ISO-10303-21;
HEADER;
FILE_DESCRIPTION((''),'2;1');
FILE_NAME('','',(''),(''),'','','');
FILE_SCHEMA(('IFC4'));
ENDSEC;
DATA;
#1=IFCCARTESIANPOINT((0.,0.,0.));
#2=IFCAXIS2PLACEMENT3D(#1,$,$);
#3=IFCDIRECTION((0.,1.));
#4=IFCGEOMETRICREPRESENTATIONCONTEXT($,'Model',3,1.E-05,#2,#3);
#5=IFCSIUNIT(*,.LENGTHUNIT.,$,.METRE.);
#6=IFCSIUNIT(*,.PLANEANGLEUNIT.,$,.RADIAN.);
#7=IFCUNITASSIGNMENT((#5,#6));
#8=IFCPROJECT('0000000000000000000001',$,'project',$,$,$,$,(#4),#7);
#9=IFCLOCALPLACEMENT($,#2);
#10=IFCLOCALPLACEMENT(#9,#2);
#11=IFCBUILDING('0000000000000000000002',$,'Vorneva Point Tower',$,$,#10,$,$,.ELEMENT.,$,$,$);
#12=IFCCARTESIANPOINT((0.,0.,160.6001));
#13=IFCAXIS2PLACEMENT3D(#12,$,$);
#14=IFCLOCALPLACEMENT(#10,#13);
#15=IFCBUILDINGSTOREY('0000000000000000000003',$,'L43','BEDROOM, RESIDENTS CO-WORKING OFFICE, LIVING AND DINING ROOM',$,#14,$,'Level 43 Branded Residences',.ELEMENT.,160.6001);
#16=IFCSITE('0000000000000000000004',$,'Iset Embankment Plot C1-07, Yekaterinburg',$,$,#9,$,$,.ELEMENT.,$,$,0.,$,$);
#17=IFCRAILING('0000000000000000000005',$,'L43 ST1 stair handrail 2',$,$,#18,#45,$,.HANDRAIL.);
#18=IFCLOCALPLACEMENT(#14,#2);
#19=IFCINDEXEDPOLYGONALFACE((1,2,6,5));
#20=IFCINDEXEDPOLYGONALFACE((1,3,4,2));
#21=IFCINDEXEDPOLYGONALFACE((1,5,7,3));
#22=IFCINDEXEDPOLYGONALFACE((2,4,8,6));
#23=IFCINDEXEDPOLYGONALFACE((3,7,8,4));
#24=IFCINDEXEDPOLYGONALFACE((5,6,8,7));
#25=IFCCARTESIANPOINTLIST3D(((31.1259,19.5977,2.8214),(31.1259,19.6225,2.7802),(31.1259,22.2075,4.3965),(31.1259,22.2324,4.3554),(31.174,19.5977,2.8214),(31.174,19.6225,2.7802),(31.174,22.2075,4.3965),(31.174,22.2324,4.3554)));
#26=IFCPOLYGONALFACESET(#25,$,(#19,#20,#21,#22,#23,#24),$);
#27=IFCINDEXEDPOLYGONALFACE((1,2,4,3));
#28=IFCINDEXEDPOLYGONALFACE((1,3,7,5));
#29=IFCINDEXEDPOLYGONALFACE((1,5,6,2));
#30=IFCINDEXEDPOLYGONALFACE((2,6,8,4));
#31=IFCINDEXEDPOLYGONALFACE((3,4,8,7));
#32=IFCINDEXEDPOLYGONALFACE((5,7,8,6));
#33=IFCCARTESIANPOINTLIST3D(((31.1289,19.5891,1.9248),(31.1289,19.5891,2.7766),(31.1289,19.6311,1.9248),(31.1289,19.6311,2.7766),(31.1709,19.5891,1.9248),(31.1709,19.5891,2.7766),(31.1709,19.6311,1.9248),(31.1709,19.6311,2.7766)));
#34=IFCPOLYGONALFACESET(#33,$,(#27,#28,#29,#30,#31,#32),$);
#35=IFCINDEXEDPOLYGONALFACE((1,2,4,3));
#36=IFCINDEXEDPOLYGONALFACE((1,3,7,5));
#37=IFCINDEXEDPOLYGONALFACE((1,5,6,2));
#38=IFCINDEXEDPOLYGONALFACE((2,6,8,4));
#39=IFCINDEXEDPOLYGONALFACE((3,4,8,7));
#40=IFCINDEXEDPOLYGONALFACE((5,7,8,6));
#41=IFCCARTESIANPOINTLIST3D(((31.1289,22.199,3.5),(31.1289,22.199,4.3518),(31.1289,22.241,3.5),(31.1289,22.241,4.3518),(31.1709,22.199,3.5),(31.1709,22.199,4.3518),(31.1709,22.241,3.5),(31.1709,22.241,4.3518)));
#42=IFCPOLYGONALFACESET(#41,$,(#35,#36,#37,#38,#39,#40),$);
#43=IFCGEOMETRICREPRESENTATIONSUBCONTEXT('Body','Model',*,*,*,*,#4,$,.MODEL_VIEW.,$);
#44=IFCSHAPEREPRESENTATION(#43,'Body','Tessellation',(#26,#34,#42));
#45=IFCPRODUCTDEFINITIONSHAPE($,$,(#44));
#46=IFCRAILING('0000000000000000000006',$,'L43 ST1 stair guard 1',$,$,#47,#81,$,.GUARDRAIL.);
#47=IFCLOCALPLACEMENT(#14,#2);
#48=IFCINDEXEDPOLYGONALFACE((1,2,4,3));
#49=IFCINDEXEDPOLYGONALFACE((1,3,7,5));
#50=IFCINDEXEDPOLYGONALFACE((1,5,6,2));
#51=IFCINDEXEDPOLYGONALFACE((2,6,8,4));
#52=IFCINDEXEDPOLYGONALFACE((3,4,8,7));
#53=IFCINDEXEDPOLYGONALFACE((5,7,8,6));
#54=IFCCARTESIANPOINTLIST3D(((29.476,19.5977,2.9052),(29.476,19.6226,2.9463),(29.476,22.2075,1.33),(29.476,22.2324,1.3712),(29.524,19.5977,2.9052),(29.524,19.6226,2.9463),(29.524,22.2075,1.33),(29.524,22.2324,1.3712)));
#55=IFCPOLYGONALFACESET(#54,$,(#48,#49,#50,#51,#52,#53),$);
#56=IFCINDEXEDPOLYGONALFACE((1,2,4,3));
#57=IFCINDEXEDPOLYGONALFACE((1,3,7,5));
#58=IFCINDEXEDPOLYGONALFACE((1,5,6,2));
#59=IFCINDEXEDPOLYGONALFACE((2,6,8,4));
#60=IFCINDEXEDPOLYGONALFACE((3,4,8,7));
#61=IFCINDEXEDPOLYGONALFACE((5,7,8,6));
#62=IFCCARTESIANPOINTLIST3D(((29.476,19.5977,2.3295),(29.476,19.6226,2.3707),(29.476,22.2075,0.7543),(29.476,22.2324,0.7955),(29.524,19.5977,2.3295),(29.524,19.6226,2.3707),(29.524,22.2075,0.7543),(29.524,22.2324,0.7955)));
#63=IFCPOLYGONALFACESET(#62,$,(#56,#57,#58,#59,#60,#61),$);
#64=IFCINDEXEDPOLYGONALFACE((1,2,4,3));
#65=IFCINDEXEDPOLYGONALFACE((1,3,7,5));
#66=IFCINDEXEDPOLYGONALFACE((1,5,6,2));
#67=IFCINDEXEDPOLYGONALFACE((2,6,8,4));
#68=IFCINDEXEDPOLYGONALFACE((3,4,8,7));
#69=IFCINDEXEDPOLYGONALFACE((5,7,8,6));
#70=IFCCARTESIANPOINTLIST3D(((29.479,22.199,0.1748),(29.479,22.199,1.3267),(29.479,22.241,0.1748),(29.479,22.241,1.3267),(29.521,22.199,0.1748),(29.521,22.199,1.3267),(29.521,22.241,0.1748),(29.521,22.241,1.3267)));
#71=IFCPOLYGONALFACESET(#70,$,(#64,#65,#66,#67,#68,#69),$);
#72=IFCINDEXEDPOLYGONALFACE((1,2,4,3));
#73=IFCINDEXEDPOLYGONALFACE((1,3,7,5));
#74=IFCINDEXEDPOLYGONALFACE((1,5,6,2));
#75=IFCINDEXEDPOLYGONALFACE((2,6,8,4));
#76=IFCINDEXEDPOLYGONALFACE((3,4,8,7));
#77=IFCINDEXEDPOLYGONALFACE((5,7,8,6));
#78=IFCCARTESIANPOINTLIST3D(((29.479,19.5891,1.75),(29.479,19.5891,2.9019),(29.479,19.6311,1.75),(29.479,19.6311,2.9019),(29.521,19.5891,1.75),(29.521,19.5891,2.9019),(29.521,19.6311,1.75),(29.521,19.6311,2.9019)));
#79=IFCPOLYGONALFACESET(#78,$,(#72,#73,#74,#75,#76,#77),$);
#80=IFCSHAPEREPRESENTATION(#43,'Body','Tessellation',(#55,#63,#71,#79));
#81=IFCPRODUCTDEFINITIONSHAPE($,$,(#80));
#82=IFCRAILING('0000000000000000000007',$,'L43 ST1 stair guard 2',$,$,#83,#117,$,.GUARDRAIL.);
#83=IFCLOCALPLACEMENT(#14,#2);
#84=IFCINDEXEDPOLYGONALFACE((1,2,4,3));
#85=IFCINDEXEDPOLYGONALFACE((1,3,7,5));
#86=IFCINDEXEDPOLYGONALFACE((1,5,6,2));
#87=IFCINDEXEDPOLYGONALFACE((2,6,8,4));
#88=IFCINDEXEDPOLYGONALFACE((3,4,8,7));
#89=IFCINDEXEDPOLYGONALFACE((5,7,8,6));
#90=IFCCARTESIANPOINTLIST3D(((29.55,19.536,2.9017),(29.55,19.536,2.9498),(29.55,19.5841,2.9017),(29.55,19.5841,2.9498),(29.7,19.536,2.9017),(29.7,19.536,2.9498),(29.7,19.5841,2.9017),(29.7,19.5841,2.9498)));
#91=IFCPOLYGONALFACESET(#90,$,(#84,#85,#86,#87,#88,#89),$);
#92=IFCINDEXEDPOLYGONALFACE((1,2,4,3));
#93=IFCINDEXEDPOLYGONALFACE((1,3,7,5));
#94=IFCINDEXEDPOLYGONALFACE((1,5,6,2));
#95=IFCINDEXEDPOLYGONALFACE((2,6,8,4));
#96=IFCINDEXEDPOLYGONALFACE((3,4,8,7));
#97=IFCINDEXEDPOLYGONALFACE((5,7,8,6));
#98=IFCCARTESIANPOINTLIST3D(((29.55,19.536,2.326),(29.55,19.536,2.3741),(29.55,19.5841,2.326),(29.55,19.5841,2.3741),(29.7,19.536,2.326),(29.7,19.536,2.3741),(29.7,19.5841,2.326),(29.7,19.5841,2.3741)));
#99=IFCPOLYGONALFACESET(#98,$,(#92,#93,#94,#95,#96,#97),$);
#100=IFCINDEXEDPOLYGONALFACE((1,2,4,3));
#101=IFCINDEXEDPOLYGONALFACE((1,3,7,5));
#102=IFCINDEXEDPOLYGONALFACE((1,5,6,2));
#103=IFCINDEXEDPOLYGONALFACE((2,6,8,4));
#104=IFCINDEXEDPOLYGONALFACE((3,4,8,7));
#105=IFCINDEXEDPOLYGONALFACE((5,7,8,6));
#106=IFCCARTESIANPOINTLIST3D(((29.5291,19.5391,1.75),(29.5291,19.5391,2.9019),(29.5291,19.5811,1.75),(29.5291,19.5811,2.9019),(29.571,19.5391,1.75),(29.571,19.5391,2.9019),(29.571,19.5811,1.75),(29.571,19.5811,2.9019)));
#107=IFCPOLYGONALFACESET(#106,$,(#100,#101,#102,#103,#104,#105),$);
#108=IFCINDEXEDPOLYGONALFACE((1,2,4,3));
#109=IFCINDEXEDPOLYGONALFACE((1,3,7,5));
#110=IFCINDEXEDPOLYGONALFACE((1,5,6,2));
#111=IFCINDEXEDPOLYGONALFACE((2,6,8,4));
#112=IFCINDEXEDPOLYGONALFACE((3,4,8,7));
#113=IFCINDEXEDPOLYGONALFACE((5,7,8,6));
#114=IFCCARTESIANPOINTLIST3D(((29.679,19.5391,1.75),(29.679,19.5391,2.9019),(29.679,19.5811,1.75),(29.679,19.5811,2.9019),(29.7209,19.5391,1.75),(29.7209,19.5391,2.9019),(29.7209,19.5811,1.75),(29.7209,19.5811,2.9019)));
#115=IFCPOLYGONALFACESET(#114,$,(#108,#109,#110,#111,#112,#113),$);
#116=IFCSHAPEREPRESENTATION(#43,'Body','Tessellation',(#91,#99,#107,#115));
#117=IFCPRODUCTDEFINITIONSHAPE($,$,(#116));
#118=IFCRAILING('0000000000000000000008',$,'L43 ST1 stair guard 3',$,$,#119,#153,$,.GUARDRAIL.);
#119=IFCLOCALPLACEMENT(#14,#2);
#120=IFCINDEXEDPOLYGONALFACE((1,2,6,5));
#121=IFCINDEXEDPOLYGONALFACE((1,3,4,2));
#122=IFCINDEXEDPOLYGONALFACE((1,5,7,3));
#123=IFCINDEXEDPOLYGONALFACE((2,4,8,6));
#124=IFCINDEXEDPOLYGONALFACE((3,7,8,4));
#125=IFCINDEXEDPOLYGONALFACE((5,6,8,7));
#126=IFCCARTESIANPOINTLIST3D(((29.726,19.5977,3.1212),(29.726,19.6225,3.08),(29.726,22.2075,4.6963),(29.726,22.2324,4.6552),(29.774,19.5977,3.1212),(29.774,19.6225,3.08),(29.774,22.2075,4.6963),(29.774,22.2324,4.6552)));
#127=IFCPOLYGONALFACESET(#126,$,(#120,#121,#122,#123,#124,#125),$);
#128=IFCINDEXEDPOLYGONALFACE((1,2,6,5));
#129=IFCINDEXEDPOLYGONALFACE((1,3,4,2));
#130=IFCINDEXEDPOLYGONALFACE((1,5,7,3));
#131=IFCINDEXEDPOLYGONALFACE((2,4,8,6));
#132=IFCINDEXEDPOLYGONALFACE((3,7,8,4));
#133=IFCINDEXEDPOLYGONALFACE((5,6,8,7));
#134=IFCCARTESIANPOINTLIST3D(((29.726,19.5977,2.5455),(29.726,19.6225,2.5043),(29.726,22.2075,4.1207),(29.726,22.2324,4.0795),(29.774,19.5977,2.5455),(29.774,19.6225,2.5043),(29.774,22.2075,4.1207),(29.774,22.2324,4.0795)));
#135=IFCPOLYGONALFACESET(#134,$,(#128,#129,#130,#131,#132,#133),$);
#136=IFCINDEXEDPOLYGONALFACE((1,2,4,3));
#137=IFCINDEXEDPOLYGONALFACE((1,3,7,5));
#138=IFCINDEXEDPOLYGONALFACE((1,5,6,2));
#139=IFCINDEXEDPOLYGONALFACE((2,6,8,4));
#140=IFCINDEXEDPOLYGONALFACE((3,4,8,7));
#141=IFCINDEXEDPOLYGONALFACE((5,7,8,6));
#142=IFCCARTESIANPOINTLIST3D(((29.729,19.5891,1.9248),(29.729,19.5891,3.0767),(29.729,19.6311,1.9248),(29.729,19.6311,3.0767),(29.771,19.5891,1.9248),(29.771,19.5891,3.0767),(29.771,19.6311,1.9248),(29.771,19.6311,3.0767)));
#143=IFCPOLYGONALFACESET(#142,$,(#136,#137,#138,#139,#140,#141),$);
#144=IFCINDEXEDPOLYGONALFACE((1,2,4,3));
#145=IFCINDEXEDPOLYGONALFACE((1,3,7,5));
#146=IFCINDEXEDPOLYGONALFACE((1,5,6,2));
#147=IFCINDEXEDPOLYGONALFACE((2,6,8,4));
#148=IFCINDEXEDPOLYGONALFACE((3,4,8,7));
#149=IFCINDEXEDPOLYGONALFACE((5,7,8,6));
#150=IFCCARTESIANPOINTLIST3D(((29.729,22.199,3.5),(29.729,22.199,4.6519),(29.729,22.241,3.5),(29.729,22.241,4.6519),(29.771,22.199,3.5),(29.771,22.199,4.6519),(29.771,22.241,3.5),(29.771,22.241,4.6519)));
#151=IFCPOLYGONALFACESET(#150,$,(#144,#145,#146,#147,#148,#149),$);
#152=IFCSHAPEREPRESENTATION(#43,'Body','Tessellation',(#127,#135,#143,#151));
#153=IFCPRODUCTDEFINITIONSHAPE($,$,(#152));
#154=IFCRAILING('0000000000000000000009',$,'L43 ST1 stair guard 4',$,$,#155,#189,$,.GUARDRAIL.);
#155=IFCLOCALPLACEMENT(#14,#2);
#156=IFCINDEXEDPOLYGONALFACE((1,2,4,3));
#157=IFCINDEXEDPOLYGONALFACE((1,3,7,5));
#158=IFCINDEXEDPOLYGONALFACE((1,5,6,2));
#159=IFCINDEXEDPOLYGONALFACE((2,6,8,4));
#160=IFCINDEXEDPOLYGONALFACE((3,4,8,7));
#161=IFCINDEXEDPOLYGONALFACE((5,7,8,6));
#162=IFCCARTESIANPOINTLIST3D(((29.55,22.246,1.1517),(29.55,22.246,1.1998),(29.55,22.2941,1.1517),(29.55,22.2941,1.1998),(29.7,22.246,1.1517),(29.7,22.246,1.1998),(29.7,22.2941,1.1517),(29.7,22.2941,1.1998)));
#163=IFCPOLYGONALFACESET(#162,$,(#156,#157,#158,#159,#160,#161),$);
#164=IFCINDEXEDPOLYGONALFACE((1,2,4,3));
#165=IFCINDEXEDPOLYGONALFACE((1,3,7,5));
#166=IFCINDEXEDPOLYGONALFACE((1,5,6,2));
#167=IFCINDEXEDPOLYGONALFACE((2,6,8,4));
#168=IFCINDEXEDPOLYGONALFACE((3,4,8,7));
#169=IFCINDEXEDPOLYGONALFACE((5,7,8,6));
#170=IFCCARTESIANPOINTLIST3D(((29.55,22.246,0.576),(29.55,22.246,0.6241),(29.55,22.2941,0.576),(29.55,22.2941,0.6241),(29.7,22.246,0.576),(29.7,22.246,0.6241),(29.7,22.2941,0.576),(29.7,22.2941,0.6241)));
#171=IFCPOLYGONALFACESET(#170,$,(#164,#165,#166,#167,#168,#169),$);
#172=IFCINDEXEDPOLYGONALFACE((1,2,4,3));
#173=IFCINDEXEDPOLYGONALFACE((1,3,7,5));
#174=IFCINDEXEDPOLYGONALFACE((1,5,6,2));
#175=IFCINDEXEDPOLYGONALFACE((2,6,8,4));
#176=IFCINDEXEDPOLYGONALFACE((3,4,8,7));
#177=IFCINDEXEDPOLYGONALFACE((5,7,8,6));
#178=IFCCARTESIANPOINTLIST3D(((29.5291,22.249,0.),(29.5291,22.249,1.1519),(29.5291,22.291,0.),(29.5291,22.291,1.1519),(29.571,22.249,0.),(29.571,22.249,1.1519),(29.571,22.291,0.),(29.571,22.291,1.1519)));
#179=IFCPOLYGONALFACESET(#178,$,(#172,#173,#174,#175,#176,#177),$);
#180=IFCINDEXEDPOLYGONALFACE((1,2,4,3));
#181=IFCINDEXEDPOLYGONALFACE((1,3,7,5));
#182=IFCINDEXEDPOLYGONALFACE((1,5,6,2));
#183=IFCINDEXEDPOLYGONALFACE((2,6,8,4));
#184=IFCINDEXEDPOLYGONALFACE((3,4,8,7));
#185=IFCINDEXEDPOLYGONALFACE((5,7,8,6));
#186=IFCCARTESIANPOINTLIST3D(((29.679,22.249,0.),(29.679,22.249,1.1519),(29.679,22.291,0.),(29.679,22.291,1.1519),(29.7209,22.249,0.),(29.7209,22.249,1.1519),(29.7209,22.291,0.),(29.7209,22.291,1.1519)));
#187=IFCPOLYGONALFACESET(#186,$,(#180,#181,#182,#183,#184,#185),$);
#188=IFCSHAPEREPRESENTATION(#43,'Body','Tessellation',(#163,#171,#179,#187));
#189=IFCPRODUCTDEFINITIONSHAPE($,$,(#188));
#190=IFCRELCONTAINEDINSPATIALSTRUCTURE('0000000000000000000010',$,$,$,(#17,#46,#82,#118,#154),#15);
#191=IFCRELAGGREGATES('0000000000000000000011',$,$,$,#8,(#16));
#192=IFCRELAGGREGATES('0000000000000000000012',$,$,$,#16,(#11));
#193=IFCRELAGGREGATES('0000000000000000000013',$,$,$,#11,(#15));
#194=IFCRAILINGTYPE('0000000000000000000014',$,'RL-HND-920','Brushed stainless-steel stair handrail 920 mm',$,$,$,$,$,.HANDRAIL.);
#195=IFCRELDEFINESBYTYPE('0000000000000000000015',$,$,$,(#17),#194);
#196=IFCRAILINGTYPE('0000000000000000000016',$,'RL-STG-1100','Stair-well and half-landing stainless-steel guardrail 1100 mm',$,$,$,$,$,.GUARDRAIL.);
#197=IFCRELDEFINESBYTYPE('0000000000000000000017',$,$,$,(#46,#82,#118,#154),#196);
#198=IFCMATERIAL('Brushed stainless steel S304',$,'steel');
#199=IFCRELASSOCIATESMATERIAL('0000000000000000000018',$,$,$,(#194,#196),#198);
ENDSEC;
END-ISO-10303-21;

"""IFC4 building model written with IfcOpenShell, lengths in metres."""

from ifc_helpers import new_model, si_unit, direction, frame, origin, origin_2d, place, context, subcontext, project, spatial, rectangle, extrude, material, type_object, element, save


model = new_model("IFC4")

# Units and contexts
model_context = context("Model", 3, precision=1e-05, world=origin(), true_north=direction((0.0, 1.0)))
body_context = subcontext(model_context, "Body", "Model", "MODEL_VIEW")
ifc_project = project(units=[si_unit("LENGTHUNIT", "METRE"), si_unit("PLANEANGLEUNIT", "RADIAN")], contexts=[model_context])

# Site, building, storey
site_placement = place(None, origin())
site = spatial("IfcSite", under=ifc_project, at=site_placement, Name="Iset Embankment Plot C1-07, Yekaterinburg", CompositionType="ELEMENT", RefElevation=0.0)
building_placement = place(site_placement, origin())
building = spatial("IfcBuilding", under=site, at=building_placement, Name="Vorneva Point Tower", CompositionType="ELEMENT")
storey_placement = place(building_placement, frame((0.0, 0.0, 160.6001)))
storey = spatial("IfcBuildingStorey", under=building, at=storey_placement, Name="L43", Description="BEDROOM, RESIDENTS CO-WORKING OFFICE, LIVING AND DINING ROOM", LongName="Level 43 Branded Residences", CompositionType="ELEMENT", Elevation=160.6001)

# Shared definitions
ifc_material_1 = material(Name="Brushed stainless steel S304", Category="steel")

# Railings
railing_type_1 = type_object("IfcRailingType", Name="RL-HND-920", Description="Brushed stainless-steel stair handrail 920 mm", PredefinedType="HANDRAIL", material=ifc_material_1)
railing_1_placement = place(storey_placement, frame((31.1499, 19.6101, 1.9248)))
element("IfcRailing", 1, at=railing_1_placement, inside=storey, type_object=railing_type_1, Name="L43 ST1 stair handrail 2", PredefinedType="HANDRAIL", context=body_context, shape_type="SweptSolid", body=[
    extrude(rectangle(XDim=0.0481, YDim=0.0481, at=origin_2d()), frame((0.0, 0.0, 0.876), z_axis=(0.0, 0.856147, 0.516732), x_axis=(-1.0, 0.0, 0.0)), (0.0, 0.0, 1.0), 3.0483),
    extrude(rectangle(XDim=0.042, YDim=0.042, at=origin_2d()), origin(), (0.0, 0.0, 1.0), 0.8518),
    extrude(rectangle(XDim=0.042, YDim=0.042, at=origin_2d()), frame((0.0, 2.6099, 1.5752)), (0.0, 0.0, 1.0), 0.8518),
])
railing_type_2 = type_object("IfcRailingType", Name="RL-STG-1100", Description="Stair-well and half-landing stainless-steel guardrail 1100 mm", PredefinedType="GUARDRAIL", material=ifc_material_1)
railing_2_placement = place(storey_placement, frame((29.5, 22.22, 0.1748)))
element("IfcRailing", 2, at=railing_2_placement, inside=storey, type_object=railing_type_2, Name="L43 ST1 stair guard 1", PredefinedType="GUARDRAIL", context=body_context, shape_type="SweptSolid", body=[
    extrude(rectangle(XDim=0.0481, YDim=0.0481, at=origin_2d()), frame((0.0, 0.0, 1.1758), z_axis=(0.0, -0.856147, 0.516732), x_axis=(1.0, 0.0, 0.0)), (0.0, 0.0, 1.0), 3.0483),
    extrude(rectangle(XDim=0.0481, YDim=0.0481, at=origin_2d()), frame((0.0, 0.0, 0.6001), z_axis=(0.0, -0.856147, 0.516732), x_axis=(1.0, 0.0, 0.0)), (0.0, 0.0, 1.0), 3.0483),
    extrude(rectangle(XDim=0.042, YDim=0.042, at=origin_2d()), origin(), (0.0, 0.0, 1.0), 1.1519),
    extrude(rectangle(XDim=0.042, YDim=0.042, at=origin_2d()), frame((0.0, -2.6099, 1.5752)), (0.0, 0.0, 1.0), 1.1519),
])
railing_3_placement = place(storey_placement, frame((29.55, 19.5601, 1.75)))
element("IfcRailing", 3, at=railing_3_placement, inside=storey, type_object=railing_type_2, Name="L43 ST1 stair guard 2", PredefinedType="GUARDRAIL", context=body_context, shape_type="SweptSolid", body=[
    extrude(rectangle(XDim=0.0481, YDim=0.0481, at=origin_2d()), frame((0.0, 0.0, 1.1758), z_axis=(1.0, 0.0, 0.0), x_axis=(0.0, 1.0, 0.0)), (0.0, 0.0, 1.0), 0.1499),
    extrude(rectangle(XDim=0.0481, YDim=0.0481, at=origin_2d()), frame((0.0, 0.0, 0.6001), z_axis=(1.0, 0.0, 0.0), x_axis=(0.0, 1.0, 0.0)), (0.0, 0.0, 1.0), 0.1499),
    extrude(rectangle(XDim=0.042, YDim=0.042, at=origin_2d()), origin(), (0.0, 0.0, 1.0), 1.1519),
    extrude(rectangle(XDim=0.042, YDim=0.042, at=origin_2d()), frame((0.1499, 0.0, 0.0)), (0.0, 0.0, 1.0), 1.1519),
])
railing_4_placement = place(storey_placement, frame((29.75, 19.6101, 1.9248)))
element("IfcRailing", 4, at=railing_4_placement, inside=storey, type_object=railing_type_2, Name="L43 ST1 stair guard 3", PredefinedType="GUARDRAIL", context=body_context, shape_type="SweptSolid", body=[
    extrude(rectangle(XDim=0.0481, YDim=0.0481, at=origin_2d()), frame((0.0, 0.0, 1.1758), z_axis=(0.0, 0.856147, 0.516732), x_axis=(-1.0, 0.0, 0.0)), (0.0, 0.0, 1.0), 3.0483),
    extrude(rectangle(XDim=0.0481, YDim=0.0481, at=origin_2d()), frame((0.0, 0.0, 0.6001), z_axis=(0.0, 0.856147, 0.516732), x_axis=(-1.0, 0.0, 0.0)), (0.0, 0.0, 1.0), 3.0483),
    extrude(rectangle(XDim=0.042, YDim=0.042, at=origin_2d()), origin(), (0.0, 0.0, 1.0), 1.1519),
    extrude(rectangle(XDim=0.042, YDim=0.042, at=origin_2d()), frame((0.0, 2.6099, 1.5752)), (0.0, 0.0, 1.0), 1.1519),
])
railing_5_placement = place(storey_placement, frame((29.55, 22.27, 0.0)))
element("IfcRailing", 5, at=railing_5_placement, inside=storey, type_object=railing_type_2, Name="L43 ST1 stair guard 4", PredefinedType="GUARDRAIL", context=body_context, shape_type="SweptSolid", body=[
    extrude(rectangle(XDim=0.0481, YDim=0.0481, at=origin_2d()), frame((0.0, 0.0, 1.1758), z_axis=(1.0, 0.0, 0.0), x_axis=(0.0, 1.0, 0.0)), (0.0, 0.0, 1.0), 0.1499),
    extrude(rectangle(XDim=0.0481, YDim=0.0481, at=origin_2d()), frame((0.0, 0.0, 0.6001), z_axis=(1.0, 0.0, 0.0), x_axis=(0.0, 1.0, 0.0)), (0.0, 0.0, 1.0), 0.1499),
    extrude(rectangle(XDim=0.042, YDim=0.042, at=origin_2d()), origin(), (0.0, 0.0, 1.0), 1.1519),
    extrude(rectangle(XDim=0.042, YDim=0.042, at=origin_2d()), frame((0.1499, 0.0, 0.0)), (0.0, 0.0, 1.0), 1.1519),
])

save(model, "model.ifc")
